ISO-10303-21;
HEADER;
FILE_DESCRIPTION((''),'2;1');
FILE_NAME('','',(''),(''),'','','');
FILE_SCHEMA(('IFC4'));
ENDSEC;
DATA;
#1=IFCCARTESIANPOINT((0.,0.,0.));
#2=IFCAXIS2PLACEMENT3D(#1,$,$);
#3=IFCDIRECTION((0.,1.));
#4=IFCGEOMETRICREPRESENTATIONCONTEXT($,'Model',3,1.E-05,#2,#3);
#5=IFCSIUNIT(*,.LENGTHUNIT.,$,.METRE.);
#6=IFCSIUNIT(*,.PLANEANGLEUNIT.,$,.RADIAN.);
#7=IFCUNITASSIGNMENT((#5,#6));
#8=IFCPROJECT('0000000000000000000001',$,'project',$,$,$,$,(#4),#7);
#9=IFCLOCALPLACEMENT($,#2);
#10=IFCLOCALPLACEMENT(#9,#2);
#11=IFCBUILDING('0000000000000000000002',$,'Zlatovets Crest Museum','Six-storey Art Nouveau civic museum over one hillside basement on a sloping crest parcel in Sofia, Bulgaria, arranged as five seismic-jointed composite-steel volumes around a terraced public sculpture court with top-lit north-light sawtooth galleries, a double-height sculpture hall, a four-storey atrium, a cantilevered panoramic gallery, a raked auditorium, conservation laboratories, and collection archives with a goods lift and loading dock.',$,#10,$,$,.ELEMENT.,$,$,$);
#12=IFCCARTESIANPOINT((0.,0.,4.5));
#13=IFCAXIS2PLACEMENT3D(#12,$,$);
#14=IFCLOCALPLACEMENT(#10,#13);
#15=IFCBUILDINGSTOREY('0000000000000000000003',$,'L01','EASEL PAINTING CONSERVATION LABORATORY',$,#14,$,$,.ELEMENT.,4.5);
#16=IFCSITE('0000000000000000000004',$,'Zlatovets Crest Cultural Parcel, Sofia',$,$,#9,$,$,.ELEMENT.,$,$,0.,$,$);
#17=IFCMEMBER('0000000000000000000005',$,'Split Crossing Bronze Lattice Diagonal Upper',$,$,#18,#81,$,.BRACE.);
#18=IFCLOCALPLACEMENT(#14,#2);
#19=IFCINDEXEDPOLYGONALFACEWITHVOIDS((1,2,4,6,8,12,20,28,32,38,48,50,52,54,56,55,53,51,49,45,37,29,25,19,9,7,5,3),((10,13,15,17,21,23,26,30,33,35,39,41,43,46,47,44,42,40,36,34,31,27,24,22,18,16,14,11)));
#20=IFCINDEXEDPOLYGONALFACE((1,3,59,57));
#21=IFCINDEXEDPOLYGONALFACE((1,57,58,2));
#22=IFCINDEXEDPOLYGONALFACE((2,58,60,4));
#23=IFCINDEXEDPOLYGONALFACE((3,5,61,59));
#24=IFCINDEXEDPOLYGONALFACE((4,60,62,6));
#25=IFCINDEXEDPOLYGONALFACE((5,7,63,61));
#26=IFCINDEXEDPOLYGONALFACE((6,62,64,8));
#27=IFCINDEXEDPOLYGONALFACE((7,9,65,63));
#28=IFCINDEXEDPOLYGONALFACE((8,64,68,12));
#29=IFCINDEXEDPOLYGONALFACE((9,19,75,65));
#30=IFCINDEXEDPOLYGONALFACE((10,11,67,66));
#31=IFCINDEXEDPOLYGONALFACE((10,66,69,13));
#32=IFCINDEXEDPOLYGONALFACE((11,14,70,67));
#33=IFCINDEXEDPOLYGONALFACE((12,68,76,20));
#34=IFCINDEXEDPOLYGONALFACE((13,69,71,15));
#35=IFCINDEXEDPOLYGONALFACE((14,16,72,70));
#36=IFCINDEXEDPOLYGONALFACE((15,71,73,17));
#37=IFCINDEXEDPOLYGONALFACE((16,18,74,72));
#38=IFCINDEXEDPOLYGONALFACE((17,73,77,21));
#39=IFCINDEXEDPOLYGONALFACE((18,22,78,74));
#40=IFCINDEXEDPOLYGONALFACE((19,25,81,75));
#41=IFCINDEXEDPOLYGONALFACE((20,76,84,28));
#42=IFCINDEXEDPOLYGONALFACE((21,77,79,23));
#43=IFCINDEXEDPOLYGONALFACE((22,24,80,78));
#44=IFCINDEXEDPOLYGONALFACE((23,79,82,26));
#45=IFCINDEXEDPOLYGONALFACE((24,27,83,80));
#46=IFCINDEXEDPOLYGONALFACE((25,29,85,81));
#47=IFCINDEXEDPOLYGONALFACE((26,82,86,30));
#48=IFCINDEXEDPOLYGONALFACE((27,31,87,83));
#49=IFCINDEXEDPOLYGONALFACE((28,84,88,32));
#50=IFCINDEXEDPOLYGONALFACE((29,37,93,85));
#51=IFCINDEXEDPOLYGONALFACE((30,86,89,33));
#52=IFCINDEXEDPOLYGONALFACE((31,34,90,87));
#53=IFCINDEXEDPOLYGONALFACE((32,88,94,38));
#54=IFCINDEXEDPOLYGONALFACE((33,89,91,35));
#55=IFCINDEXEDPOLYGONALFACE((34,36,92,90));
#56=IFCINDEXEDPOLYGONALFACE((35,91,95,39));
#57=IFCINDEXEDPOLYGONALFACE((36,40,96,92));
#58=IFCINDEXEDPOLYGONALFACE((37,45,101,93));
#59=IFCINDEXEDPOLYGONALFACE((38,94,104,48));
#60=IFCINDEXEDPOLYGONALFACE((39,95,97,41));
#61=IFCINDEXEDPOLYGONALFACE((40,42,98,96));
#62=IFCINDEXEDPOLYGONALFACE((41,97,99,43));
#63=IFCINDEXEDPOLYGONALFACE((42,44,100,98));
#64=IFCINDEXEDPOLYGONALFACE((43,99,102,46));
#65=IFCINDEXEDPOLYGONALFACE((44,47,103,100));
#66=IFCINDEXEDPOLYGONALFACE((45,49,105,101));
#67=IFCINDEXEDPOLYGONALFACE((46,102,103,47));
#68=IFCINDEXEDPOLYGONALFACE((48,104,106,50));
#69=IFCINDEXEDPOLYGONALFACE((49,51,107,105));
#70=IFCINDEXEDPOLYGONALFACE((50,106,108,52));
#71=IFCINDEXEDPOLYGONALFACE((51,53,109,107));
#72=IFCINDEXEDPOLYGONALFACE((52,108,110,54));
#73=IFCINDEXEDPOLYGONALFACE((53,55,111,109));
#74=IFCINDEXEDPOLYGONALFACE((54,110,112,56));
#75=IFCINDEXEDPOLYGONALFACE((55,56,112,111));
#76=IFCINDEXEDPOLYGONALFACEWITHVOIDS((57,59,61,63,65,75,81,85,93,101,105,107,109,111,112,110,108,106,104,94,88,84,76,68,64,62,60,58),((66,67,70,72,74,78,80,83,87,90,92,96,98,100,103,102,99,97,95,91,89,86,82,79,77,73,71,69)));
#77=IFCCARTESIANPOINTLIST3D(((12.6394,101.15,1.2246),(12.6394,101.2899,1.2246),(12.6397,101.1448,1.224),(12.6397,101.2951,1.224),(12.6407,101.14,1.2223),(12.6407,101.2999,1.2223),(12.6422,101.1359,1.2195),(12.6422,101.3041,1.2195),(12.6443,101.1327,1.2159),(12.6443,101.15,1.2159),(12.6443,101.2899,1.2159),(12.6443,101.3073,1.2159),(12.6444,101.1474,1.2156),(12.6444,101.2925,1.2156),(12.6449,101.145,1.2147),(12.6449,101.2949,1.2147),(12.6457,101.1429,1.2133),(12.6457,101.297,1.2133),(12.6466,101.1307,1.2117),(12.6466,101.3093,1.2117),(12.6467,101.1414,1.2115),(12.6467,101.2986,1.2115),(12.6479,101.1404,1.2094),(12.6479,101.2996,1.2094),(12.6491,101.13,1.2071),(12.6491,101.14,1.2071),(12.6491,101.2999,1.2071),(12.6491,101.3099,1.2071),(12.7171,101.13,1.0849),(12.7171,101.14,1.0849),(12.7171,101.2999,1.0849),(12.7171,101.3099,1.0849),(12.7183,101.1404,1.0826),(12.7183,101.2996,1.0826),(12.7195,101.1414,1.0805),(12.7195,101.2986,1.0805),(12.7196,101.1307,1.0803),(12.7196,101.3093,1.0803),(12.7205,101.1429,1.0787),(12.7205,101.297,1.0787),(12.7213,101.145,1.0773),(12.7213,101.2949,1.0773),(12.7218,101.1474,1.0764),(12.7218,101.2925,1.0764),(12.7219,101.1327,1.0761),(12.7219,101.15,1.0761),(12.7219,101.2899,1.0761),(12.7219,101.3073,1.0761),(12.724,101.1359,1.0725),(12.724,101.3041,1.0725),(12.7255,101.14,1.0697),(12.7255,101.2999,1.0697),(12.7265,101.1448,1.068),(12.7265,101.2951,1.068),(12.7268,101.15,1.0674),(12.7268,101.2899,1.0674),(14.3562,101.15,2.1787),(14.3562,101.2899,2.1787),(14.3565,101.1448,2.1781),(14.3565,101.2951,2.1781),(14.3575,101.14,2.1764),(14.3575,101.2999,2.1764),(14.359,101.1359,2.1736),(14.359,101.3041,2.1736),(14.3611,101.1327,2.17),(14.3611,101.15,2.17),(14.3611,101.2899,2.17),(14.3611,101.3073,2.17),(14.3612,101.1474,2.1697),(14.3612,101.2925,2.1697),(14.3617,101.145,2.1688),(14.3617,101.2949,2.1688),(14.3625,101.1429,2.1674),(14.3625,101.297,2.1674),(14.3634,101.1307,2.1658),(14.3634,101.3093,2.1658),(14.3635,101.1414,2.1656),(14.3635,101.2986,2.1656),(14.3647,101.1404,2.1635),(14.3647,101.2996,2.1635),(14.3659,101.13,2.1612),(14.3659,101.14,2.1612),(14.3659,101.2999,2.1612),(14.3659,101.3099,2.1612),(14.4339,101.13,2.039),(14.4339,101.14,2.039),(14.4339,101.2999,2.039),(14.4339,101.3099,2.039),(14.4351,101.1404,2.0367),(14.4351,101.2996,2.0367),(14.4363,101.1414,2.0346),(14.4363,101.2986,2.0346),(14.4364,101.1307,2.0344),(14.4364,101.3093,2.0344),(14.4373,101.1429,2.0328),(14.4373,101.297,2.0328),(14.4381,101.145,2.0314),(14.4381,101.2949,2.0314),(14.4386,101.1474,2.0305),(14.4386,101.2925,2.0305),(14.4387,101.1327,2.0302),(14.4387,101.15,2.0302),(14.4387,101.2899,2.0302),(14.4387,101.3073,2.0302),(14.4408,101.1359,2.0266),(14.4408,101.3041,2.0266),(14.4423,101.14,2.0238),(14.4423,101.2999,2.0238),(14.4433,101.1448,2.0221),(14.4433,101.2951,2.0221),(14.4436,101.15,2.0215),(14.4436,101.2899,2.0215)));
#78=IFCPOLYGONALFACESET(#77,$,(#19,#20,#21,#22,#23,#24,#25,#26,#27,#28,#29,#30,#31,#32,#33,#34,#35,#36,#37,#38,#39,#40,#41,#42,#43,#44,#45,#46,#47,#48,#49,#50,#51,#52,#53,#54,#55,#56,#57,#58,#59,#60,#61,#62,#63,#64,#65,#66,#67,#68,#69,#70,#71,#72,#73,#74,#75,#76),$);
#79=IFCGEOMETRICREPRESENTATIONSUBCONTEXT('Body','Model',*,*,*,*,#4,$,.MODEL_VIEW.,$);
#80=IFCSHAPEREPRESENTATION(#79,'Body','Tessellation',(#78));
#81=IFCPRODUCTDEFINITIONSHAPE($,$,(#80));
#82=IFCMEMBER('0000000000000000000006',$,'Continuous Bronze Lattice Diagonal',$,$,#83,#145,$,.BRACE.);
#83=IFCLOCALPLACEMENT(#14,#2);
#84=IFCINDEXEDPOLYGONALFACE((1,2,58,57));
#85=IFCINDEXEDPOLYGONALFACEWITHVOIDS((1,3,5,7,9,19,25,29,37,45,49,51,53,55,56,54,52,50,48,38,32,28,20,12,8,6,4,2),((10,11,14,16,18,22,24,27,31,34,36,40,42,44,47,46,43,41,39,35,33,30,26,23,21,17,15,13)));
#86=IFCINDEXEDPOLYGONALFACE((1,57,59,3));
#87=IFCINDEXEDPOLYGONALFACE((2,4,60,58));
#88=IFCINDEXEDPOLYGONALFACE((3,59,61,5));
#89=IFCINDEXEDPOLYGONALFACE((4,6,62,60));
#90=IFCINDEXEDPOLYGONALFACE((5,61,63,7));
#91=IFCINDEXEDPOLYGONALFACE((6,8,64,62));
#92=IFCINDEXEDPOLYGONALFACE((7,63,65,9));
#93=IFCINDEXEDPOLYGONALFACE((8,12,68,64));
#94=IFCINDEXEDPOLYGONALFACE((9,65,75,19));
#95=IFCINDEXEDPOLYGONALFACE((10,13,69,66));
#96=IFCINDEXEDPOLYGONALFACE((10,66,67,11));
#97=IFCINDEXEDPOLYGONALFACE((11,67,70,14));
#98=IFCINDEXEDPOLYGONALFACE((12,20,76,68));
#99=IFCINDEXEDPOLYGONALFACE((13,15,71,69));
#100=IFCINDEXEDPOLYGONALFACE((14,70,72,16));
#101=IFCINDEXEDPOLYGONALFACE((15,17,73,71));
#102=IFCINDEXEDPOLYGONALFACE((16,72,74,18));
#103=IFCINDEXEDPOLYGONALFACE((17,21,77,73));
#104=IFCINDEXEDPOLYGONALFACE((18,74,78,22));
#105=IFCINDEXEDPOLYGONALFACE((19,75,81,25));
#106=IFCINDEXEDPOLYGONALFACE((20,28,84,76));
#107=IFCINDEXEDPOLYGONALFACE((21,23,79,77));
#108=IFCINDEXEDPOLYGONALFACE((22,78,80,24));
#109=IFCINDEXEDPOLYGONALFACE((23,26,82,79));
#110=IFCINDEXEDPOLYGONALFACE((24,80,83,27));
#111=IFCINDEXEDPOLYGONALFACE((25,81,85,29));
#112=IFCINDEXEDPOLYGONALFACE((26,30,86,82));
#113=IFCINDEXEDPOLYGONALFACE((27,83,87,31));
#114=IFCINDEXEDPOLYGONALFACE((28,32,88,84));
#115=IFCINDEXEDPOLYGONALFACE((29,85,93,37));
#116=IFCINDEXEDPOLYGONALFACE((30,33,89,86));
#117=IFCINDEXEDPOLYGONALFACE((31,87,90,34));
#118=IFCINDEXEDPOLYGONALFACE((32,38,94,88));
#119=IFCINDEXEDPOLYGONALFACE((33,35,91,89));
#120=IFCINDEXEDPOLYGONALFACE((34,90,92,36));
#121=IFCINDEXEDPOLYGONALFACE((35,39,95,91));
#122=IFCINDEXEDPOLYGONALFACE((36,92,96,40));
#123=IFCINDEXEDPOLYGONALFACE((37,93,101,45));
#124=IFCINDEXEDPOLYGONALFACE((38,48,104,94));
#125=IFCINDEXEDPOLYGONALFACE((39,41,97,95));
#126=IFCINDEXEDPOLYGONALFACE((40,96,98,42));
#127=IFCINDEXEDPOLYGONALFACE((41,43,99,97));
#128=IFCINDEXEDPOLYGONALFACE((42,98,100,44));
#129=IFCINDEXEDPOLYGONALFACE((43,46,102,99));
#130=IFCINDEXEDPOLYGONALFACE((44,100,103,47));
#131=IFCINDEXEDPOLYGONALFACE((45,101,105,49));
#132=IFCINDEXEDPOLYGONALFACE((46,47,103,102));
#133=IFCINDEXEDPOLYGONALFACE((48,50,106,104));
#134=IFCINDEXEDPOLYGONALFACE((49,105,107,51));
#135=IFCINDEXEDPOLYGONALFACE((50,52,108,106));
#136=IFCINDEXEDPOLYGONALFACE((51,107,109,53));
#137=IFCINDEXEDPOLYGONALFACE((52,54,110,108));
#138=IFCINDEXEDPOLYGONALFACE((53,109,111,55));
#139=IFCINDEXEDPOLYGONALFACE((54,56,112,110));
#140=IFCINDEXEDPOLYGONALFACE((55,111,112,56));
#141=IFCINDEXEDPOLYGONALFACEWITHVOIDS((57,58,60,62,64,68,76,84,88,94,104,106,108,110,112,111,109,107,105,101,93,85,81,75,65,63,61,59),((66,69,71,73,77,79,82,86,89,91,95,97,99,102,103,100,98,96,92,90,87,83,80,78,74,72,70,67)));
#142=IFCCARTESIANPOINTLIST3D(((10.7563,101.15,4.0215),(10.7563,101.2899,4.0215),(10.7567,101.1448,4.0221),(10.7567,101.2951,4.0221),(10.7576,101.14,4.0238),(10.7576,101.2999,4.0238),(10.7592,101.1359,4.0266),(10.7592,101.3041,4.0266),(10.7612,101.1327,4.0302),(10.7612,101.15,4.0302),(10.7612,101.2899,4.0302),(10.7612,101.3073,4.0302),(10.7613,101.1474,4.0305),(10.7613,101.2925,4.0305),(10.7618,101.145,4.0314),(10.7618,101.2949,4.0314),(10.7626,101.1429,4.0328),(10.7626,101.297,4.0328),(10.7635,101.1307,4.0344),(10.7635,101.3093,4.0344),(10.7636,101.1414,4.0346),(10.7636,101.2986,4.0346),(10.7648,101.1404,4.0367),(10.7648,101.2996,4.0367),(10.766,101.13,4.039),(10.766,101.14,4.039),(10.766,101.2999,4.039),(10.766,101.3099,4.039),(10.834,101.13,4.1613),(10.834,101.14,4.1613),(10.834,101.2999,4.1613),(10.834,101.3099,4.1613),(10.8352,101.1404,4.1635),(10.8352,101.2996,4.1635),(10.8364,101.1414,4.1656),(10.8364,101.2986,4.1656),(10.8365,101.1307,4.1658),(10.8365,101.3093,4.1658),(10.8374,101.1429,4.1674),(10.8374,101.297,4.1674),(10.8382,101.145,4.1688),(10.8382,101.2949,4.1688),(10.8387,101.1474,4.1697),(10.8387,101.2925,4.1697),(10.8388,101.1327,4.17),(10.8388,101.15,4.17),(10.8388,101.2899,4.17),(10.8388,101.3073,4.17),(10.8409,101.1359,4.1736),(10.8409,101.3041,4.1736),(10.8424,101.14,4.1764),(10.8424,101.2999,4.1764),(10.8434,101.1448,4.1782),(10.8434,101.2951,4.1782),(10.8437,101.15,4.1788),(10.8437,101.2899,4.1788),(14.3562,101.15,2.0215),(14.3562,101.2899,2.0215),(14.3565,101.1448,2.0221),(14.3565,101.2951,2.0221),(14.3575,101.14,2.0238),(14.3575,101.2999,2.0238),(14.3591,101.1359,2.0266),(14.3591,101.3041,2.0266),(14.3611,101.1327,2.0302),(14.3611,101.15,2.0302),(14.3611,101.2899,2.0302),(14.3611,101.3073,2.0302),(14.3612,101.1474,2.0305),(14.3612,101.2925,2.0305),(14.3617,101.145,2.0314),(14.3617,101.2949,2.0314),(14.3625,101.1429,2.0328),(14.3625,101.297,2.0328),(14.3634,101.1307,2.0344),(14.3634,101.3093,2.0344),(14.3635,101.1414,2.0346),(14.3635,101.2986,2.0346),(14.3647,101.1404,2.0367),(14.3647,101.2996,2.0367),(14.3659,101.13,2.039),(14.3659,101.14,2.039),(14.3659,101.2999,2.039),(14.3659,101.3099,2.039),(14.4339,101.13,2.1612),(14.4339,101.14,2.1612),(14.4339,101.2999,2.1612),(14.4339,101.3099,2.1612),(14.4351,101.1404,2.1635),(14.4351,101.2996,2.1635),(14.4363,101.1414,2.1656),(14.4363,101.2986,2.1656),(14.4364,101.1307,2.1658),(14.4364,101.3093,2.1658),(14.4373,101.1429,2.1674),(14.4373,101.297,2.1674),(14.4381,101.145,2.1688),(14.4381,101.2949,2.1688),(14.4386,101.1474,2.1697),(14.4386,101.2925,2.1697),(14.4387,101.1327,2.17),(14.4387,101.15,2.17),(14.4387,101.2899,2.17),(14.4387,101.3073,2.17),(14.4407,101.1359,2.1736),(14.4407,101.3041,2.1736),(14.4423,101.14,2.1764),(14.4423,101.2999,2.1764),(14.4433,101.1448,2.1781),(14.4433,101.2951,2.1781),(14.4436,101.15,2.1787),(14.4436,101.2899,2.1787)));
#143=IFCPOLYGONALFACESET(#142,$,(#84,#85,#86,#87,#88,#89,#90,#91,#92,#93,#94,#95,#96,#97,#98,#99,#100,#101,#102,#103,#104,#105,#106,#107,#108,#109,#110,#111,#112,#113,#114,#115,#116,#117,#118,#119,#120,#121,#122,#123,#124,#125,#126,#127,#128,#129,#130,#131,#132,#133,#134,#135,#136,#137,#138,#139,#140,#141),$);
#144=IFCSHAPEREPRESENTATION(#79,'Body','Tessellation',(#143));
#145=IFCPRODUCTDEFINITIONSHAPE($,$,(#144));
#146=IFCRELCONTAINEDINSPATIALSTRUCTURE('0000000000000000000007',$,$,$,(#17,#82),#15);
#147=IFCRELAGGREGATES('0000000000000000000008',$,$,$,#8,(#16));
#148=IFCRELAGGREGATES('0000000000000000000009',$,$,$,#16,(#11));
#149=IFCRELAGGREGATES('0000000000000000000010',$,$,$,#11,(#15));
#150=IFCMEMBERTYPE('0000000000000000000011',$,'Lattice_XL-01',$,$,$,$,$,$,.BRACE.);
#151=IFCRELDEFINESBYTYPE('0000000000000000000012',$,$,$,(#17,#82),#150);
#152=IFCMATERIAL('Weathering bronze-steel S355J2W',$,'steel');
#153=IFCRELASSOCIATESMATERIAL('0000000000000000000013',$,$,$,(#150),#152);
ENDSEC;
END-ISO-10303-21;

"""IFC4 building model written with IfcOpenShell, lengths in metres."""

from ifc_helpers import new_model, si_unit, direction, frame, origin, origin_2d, place, context, subcontext, project, spatial, hollow_rectangle, extrude, material, material_profile, profile_set, type_object, element, save


model = new_model("IFC4")

# Units and contexts
model_context = context("Model", 3, precision=1e-05, world=origin(), true_north=direction((0.0, 1.0)))
body_context = subcontext(model_context, "Body", "Model", "MODEL_VIEW")
ifc_project = project(units=[si_unit("LENGTHUNIT", "METRE"), si_unit("PLANEANGLEUNIT", "RADIAN")], contexts=[model_context])

# Site, building, storey
site_placement = place(None, origin())
site = spatial("IfcSite", under=ifc_project, at=site_placement, Name="Zlatovets Crest Cultural Parcel, Sofia", CompositionType="ELEMENT", RefElevation=0.0)
building_placement = place(site_placement, origin())
building = spatial("IfcBuilding", under=site, at=building_placement, Name="Zlatovets Crest Museum", Description="Six-storey Art Nouveau civic museum over one hillside basement on a sloping crest parcel in Sofia, Bulgaria, arranged as five seismic-jointed composite-steel volumes around a terraced public sculpture court with top-lit north-light sawtooth galleries, a double-height sculpture hall, a four-storey atrium, a cantilevered panoramic gallery, a raked auditorium, conservation laboratories, and collection archives with a goods lift and loading dock.", CompositionType="ELEMENT")
storey_placement = place(building_placement, frame((0.0, 0.0, 4.5)))
storey = spatial("IfcBuildingStorey", under=building, at=storey_placement, Name="L01", Description="EASEL PAINTING CONSERVATION LABORATORY", CompositionType="ELEMENT", Elevation=4.5)

# Members
ifc_material_1 = material(Name="Weathering bronze-steel S355J2W", Category="steel")
ifc_material_profile_1 = material_profile(ifc_material_1, hollow_rectangle(XDim=0.1799, YDim=0.1799, WallThickness=0.01, InnerFilletRadius=0.01, OuterFilletRadius=0.02, at=origin_2d()), Name="SHS 180x180x10.0")
ifc_profile_set_1 = profile_set([ifc_material_profile_1], Name="Weathering bronze-steel S355J2W")
member_type_1 = type_object("IfcMemberType", Name="Lattice_XL-01", PredefinedType="BRACE", material=ifc_profile_set_1)
for number, where, z_axis, x_axis, name in (
    (1, (14.3999, 101.22, 2.1001), (-0.874087, 0.0, -0.48577), (0.0, -1.0, 0.0), "Split Crossing Bronze Lattice Diagonal Upper"),
):
    element("IfcMember", number, at=place(storey_placement, frame(where, z_axis=z_axis, x_axis=x_axis)), inside=storey, type_object=member_type_1, Name=name, PredefinedType="BRACE", context=body_context, shape_type="SweptSolid", body=[
        extrude(hollow_rectangle(XDim=0.1799, YDim=0.1799, WallThickness=0.01, InnerFilletRadius=0.01, OuterFilletRadius=0.02, at=origin_2d()), origin(), (0.0, 0.0, 1.0), 1.9641),
    ])
member_1_placement = place(storey_placement, frame((14.3999, 101.22, 2.1001), z_axis=(-0.874149, 0.0, 0.485658), x_axis=(0.0, -1.0, 0.0)))
element("IfcMember", 2, at=member_1_placement, inside=storey, type_object=member_type_1, Name="Continuous Bronze Lattice Diagonal", PredefinedType="BRACE", context=body_context, shape_type="SweptSolid", body=[
    extrude(hollow_rectangle(XDim=0.1799, YDim=0.1799, WallThickness=0.01, InnerFilletRadius=0.01, OuterFilletRadius=0.02, at=origin_2d()), origin(), (0.0, 0.0, 1.0), 4.1182),
])

save(model, "model.ifc")
